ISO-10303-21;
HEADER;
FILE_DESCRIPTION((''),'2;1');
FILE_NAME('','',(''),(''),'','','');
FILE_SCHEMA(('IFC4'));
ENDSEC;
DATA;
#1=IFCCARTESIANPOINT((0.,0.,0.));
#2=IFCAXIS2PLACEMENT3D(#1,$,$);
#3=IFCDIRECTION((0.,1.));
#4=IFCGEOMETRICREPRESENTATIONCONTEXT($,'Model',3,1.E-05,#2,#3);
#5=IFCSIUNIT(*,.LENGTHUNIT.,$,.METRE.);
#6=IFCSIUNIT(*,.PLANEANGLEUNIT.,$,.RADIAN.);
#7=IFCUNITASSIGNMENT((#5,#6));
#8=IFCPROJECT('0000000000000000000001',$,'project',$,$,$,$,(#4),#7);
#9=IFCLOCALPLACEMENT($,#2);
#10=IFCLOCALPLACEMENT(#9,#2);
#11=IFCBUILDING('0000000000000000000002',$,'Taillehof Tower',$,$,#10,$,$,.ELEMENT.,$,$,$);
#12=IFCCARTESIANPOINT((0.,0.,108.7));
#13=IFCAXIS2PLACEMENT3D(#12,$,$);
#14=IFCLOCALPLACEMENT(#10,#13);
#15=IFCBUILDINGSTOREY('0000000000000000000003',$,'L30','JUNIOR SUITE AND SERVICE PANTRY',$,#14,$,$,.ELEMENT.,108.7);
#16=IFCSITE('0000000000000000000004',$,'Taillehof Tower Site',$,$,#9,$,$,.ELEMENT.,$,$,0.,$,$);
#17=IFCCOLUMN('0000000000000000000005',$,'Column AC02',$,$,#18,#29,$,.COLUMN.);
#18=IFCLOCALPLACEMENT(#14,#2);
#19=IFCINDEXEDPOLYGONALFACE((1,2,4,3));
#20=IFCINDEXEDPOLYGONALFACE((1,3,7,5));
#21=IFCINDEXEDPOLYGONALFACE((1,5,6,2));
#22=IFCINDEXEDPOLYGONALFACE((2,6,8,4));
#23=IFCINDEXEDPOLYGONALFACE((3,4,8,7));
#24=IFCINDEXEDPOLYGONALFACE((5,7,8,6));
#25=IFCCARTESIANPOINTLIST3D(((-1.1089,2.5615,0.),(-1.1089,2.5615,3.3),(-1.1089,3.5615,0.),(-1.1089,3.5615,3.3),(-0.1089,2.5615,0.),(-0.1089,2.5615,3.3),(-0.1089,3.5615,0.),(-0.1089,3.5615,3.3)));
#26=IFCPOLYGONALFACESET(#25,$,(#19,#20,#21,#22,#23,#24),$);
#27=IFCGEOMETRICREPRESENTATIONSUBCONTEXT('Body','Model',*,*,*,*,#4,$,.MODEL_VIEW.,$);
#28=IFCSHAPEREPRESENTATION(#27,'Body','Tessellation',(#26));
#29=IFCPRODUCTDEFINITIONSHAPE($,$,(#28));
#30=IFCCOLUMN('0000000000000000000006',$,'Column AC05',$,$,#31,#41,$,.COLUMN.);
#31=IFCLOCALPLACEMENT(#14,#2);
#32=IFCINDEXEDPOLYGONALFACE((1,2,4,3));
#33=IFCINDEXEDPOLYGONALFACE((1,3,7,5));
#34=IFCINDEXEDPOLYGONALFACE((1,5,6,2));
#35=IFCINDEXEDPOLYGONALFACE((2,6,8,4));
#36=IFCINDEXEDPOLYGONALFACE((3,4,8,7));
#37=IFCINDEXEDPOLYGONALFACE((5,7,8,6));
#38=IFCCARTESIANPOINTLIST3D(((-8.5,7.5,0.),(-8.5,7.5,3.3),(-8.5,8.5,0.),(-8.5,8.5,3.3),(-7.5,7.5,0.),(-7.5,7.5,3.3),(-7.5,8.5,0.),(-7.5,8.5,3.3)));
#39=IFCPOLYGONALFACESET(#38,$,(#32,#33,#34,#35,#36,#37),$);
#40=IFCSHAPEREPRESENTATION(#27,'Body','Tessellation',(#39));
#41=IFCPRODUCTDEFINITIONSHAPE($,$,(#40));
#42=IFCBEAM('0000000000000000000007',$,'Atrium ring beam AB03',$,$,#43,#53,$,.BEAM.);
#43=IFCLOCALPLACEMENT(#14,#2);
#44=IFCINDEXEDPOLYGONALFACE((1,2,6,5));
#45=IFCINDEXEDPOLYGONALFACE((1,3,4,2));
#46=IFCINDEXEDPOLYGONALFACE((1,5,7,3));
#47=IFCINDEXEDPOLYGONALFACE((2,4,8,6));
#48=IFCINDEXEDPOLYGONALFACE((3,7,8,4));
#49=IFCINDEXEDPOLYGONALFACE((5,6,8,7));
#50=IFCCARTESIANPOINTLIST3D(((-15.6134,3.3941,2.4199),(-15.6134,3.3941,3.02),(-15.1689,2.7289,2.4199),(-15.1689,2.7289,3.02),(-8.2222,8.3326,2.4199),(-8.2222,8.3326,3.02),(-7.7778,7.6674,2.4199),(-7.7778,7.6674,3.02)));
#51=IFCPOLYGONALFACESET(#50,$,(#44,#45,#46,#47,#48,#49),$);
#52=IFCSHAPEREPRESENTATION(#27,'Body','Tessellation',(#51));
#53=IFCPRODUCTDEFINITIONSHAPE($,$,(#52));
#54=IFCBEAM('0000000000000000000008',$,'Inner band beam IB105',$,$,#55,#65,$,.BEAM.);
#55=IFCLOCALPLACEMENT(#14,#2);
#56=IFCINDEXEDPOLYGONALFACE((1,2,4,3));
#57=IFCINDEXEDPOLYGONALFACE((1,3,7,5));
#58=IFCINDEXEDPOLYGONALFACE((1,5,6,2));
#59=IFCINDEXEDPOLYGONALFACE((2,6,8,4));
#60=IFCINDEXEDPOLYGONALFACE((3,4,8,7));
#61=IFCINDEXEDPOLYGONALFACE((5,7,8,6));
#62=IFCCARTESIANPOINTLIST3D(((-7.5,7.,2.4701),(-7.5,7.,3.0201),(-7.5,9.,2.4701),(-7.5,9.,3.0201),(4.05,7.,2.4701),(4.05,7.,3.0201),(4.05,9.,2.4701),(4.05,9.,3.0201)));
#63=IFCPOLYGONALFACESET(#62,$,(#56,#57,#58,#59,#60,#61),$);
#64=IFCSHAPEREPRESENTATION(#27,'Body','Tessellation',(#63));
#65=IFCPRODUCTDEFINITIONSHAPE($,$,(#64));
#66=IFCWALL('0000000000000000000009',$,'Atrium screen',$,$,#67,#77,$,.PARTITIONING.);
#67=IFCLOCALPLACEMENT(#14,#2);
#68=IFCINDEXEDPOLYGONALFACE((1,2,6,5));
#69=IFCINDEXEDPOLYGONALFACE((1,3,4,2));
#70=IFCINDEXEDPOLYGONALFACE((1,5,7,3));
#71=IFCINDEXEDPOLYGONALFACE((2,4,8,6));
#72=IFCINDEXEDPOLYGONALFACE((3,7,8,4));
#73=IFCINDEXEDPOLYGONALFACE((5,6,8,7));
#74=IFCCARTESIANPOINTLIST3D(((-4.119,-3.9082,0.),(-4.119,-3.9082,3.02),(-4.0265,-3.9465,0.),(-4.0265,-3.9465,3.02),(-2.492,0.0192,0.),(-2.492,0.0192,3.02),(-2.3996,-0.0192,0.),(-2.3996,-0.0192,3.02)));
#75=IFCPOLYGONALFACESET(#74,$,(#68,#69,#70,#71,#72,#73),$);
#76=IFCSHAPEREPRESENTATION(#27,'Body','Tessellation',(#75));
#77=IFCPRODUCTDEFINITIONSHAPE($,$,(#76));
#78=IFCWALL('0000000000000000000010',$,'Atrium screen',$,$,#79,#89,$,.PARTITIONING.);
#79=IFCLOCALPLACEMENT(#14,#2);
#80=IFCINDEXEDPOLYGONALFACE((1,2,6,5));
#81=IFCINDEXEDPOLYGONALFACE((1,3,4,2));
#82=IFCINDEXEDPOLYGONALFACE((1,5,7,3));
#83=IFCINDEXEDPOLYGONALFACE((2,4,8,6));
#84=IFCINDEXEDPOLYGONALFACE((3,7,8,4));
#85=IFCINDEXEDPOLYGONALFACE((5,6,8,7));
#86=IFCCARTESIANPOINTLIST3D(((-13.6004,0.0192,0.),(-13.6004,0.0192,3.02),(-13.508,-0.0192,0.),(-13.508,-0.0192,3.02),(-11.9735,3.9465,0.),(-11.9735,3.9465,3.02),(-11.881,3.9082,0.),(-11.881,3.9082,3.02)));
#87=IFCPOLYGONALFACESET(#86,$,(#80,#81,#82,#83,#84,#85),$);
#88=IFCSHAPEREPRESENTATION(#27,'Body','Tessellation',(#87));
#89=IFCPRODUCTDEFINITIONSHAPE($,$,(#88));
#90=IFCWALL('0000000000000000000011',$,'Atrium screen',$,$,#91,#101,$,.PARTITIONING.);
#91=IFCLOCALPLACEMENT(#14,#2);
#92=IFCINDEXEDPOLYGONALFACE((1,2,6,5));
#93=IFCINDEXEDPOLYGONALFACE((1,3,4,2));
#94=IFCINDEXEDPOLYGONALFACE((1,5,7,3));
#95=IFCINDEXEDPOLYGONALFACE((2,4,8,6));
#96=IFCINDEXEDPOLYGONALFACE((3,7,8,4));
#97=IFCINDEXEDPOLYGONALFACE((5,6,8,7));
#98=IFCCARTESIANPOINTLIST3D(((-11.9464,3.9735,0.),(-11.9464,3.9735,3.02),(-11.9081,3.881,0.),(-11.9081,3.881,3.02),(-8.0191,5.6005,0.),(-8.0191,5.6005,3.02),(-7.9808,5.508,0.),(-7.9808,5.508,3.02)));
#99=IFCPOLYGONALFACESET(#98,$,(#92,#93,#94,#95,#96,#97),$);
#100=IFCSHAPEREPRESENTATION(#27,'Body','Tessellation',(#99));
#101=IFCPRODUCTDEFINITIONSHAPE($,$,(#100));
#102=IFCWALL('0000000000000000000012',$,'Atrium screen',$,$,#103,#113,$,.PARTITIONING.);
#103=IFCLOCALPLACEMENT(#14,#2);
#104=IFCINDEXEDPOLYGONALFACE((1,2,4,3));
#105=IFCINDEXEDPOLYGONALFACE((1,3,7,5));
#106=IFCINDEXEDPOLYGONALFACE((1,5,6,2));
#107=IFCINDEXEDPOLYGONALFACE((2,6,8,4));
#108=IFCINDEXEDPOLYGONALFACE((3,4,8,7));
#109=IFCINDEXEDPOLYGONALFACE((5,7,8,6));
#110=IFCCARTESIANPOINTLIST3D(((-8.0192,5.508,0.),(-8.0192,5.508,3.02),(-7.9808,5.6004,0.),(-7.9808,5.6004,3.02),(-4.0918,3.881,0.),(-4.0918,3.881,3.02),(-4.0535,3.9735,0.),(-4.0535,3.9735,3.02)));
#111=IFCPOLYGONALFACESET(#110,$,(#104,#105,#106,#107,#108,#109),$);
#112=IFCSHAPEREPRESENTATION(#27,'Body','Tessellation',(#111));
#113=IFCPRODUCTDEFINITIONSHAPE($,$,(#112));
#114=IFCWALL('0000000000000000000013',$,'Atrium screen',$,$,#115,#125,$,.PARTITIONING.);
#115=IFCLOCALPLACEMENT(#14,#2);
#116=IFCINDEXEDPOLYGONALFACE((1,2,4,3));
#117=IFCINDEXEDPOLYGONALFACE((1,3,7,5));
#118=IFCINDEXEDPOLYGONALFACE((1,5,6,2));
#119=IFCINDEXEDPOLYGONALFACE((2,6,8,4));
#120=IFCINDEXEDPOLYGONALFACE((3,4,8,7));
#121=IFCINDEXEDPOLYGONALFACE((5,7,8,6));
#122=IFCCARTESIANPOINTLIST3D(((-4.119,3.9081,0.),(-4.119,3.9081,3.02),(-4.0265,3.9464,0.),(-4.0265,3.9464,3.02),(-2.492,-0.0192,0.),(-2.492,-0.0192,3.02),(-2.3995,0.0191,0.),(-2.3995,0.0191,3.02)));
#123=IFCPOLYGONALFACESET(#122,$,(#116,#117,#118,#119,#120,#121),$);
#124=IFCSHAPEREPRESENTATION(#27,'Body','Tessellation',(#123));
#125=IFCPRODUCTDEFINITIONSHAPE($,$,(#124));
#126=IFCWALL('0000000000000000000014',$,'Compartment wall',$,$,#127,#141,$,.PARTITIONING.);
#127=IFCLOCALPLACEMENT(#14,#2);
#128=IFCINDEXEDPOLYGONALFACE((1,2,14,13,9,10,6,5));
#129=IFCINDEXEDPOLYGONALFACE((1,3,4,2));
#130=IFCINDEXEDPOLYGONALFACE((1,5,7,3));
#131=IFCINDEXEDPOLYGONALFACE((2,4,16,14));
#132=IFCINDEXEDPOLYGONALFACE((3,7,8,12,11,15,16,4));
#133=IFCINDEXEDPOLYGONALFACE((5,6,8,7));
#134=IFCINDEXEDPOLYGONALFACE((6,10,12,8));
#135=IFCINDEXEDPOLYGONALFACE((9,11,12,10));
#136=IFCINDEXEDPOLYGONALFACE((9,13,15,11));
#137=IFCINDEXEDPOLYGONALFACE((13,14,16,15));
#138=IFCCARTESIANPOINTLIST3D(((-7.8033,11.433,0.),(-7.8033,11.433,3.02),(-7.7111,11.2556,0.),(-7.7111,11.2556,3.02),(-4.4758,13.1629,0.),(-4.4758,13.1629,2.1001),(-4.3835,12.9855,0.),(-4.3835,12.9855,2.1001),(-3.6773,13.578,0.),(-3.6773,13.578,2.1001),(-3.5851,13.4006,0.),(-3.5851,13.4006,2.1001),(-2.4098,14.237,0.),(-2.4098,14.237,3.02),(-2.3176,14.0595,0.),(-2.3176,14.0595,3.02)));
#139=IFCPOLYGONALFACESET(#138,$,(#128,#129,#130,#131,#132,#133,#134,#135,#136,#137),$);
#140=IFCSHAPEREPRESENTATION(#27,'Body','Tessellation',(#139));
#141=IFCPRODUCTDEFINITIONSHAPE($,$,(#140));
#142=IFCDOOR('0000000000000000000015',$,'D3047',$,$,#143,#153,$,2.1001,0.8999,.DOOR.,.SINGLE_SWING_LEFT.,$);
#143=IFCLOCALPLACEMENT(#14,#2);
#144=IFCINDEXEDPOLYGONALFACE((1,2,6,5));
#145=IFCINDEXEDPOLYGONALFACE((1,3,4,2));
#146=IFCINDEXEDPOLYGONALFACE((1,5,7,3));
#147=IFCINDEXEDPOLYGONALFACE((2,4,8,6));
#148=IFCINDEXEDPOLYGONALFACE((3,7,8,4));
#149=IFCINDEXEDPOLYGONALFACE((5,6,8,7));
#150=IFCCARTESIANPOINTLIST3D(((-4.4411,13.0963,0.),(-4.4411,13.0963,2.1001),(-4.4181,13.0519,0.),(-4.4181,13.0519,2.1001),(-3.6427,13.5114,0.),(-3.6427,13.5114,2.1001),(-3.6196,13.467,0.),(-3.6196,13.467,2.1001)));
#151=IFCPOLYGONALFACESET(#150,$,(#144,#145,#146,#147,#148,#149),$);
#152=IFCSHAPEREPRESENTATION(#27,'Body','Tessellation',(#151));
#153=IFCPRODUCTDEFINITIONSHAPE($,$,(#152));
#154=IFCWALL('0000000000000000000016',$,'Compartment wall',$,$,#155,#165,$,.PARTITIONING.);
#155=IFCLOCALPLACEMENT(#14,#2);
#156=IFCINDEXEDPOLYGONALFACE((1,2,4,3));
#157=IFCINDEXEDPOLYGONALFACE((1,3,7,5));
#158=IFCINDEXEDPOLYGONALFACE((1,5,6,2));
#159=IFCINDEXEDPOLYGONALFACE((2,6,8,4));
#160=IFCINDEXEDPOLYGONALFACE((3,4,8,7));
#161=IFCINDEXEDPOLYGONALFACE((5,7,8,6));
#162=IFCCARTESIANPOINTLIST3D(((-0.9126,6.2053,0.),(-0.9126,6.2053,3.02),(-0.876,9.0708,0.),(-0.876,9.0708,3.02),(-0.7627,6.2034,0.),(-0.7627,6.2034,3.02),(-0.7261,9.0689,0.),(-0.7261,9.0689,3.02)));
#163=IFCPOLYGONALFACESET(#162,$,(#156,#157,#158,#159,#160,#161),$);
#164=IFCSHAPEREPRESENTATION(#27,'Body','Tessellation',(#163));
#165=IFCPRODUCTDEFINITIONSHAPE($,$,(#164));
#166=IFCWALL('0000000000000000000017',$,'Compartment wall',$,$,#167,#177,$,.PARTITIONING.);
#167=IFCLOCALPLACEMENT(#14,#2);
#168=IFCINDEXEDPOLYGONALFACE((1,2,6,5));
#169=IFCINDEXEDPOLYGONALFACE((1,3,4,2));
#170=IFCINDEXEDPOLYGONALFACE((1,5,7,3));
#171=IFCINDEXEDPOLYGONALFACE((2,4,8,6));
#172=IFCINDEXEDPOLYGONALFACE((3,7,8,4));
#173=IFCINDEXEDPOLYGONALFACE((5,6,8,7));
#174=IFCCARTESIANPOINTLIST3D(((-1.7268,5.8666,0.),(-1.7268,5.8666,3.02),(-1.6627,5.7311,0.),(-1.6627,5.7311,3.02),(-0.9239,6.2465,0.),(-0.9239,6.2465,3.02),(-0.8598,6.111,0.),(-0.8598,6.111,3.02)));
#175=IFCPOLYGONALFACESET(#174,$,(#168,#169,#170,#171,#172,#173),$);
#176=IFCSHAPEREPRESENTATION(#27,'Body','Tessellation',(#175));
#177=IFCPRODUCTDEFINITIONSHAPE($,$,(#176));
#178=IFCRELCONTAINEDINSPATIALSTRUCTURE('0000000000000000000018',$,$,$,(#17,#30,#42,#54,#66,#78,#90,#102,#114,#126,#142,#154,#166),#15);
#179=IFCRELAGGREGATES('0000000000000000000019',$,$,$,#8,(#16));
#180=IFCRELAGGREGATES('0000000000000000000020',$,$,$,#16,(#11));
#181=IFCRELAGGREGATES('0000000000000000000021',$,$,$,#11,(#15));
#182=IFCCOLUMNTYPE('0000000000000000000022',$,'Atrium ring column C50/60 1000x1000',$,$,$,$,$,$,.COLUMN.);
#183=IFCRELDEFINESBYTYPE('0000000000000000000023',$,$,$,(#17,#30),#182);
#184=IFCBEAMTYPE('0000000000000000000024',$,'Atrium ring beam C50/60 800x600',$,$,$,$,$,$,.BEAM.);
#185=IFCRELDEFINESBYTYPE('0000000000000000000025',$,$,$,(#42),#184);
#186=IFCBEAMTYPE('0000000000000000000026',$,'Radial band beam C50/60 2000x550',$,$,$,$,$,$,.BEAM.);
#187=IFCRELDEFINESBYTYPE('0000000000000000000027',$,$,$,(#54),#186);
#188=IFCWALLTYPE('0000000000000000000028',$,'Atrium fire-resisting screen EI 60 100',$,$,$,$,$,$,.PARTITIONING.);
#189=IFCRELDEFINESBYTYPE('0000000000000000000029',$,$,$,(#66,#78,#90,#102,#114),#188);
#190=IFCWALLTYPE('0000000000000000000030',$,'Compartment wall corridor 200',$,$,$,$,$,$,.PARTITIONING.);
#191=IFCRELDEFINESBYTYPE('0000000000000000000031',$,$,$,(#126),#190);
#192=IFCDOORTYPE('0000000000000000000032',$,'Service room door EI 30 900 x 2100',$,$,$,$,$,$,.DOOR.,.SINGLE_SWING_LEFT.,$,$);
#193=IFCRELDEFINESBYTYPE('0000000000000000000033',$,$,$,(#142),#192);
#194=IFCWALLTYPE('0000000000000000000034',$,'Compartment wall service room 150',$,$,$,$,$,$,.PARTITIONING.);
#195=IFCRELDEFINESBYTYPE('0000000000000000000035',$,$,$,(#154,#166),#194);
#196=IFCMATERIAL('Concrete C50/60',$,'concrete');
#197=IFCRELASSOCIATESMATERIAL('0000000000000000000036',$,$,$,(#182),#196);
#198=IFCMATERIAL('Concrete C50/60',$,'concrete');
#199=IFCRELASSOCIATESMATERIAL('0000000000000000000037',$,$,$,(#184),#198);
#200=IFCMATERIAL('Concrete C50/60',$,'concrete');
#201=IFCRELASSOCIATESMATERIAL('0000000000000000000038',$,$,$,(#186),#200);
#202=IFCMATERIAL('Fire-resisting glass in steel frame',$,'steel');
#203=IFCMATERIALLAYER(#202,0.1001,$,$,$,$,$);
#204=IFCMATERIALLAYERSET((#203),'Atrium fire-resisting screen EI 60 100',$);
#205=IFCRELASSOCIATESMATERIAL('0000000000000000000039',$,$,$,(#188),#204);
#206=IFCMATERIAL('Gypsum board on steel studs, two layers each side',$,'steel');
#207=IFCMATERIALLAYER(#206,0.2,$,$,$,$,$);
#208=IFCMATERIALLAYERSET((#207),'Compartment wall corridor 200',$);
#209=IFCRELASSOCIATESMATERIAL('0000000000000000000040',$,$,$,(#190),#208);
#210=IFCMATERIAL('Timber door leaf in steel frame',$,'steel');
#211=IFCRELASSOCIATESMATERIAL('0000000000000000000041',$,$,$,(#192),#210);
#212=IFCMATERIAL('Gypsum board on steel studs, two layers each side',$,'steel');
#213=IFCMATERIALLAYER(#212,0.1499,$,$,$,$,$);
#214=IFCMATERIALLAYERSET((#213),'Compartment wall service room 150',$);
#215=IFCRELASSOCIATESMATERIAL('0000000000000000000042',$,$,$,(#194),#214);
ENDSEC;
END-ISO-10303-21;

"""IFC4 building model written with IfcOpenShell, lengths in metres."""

from ifc_helpers import new_model, si_unit, direction, frame, frame_2d, origin, origin_2d, place, context, subcontext, project, spatial, rectangle, extrude, material, layer, layer_set, material_profile, profile_set, type_object, element, fill, save


model = new_model("IFC4")

# Units and contexts
model_context = context("Model", 3, precision=1e-05, world=origin(), true_north=direction((0.0, 1.0)))
body_context = subcontext(model_context, "Body", "Model", "MODEL_VIEW")
ifc_project = project(units=[si_unit("LENGTHUNIT", "METRE"), si_unit("PLANEANGLEUNIT", "RADIAN")], contexts=[model_context])

# Site, building, storey
site_placement = place(None, origin())
site = spatial("IfcSite", under=ifc_project, at=site_placement, Name="Taillehof Tower Site", CompositionType="ELEMENT", RefElevation=0.0)
building_placement = place(site_placement, origin())
building = spatial("IfcBuilding", under=site, at=building_placement, Name="Taillehof Tower", CompositionType="ELEMENT")
storey_placement = place(building_placement, frame((0.0, 0.0, 108.7)))
storey = spatial("IfcBuildingStorey", under=building, at=storey_placement, Name="L30", Description="JUNIOR SUITE AND SERVICE PANTRY", CompositionType="ELEMENT", Elevation=108.7)

# Columns
ifc_material_1 = material(Name="Concrete C50/60", Category="concrete")
ifc_material_profile_1 = material_profile(ifc_material_1, rectangle(XDim=1.0, YDim=1.0, at=origin_2d()), Name="RC 1000x1000")
ifc_profile_set_1 = profile_set([ifc_material_profile_1], Name="Concrete C50/60")
column_type = type_object("IfcColumnType", Name="Atrium ring column C50/60 1000x1000", PredefinedType="COLUMN", material=ifc_profile_set_1)
for number, where, z_axis, x_axis, name in (
    (1, (-0.6089, 3.0615, 0.0), (0.0, 0.0, 1.0), (1.0, 0.0, 0.0), "Column AC02"),
    (2, (-8.0, 8.0, 0.0), (0.0, 0.0, 1.0), (1.0, 0.0, 0.0), "Column AC05"),
):
    element("IfcColumn", number, at=place(storey_placement, frame(where, z_axis=z_axis, x_axis=x_axis)), inside=storey, type_object=column_type, Name=name, PredefinedType="COLUMN", context=body_context, shape_type="SweptSolid", body=[
        extrude(rectangle(XDim=1.0, YDim=1.0, at=origin_2d()), origin(), (0.0, 0.0, 1.0), 3.3),
    ])

# Beams
ifc_material_2 = material(Name="Concrete C50/60", Category="concrete")
ifc_material_profile_2 = material_profile(ifc_material_2, rectangle(XDim=0.8, YDim=0.6001, at=origin_2d()), Name="RC 800x600")
ifc_profile_set_2 = profile_set([ifc_material_profile_2], Name="Concrete C50/60")
beam_type_1 = type_object("IfcBeamType", Name="Atrium ring beam C50/60 800x600", PredefinedType="BEAM", material=ifc_profile_set_2)
beam_1_placement = place(storey_placement, frame((-8.0, 8.0, 2.72), z_axis=(-0.831475, -0.555562, 0.0), x_axis=(0.555562, -0.831475, 0.0)))
element("IfcBeam", 3, at=beam_1_placement, inside=storey, type_object=beam_type_1, Name="Atrium ring beam AB03", PredefinedType="BEAM", context=body_context, shape_type="SweptSolid", body=[
    extrude(rectangle(XDim=0.8, YDim=0.6001, at=origin_2d()), origin(), (0.0, 0.0, 1.0), 8.8892),
])
ifc_material_3 = material(Name="Concrete C50/60", Category="concrete")
ifc_material_profile_3 = material_profile(ifc_material_3, rectangle(XDim=2.0, YDim=0.55, at=origin_2d()), Name="RC 2000x550")
ifc_profile_set_3 = profile_set([ifc_material_profile_3], Name="Concrete C50/60")
beam_type_2 = type_object("IfcBeamType", Name="Radial band beam C50/60 2000x550", PredefinedType="BEAM", material=ifc_profile_set_3)
beam_2_placement = place(storey_placement, frame((-7.5, 8.0, 2.7451), z_axis=(1.0, 0.0, 0.0), x_axis=(0.0, 1.0, 0.0)))
element("IfcBeam", 4, at=beam_2_placement, inside=storey, type_object=beam_type_2, Name="Inner band beam IB105", PredefinedType="BEAM", context=body_context, shape_type="SweptSolid", body=[
    extrude(rectangle(XDim=2.0, YDim=0.55, at=origin_2d()), origin(), (0.0, 0.0, 1.0), 11.55),
])

# Walls
ifc_material_4 = material(Name="Fire-resisting glass in steel frame", Category="steel")
ifc_layer_1 = layer(ifc_material_4, 0.1001)
ifc_layer_set_1 = layer_set([ifc_layer_1], Name="Atrium fire-resisting screen EI 60 100")
wall_type_1 = type_object("IfcWallType", Name="Atrium fire-resisting screen EI 60 100", PredefinedType="PARTITIONING", material=ifc_layer_set_1)
for number, where, z_axis, x_axis, name in (
    (5, (-2.4458, 0.0, 0.0), (0.0, 0.0, 1.0), (-0.382731, -0.92386, 0.0), "Atrium screen"),
    (6, (-13.5542, 0.0, 0.0), (0.0, 0.0, 1.0), (0.382731, 0.92386, 0.0), "Atrium screen"),
    (7, (-11.9272, 3.9272, 0.0), (0.0, 0.0, 1.0), (0.92386, 0.382731, 0.0), "Atrium screen"),
    (8, (-8.0, 5.5542, 0.0), (0.0, 0.0, 1.0), (0.92386, -0.382731, 0.0), "Atrium screen"),
    (9, (-4.0728, 3.9272, 0.0), (0.0, 0.0, 1.0), (0.382731, -0.92386, 0.0), "Atrium screen"),
):
    element("IfcWall", number, at=place(storey_placement, frame(where, z_axis=z_axis, x_axis=x_axis)), inside=storey, type_object=wall_type_1, Name=name, PredefinedType="PARTITIONING", context=body_context, shape_type="SweptSolid", body=[
        extrude(rectangle(XDim=4.251, YDim=0.1001, at=frame_2d((2.1255, 0.0))), origin(), (0.0, 0.0, 1.0), 3.02),
    ])

# Wall, opening, door
ifc_material_5 = material(Name="Gypsum board on steel studs, two layers each side", Category="steel")
ifc_layer_2 = layer(ifc_material_5, 0.2)
ifc_layer_set_2 = layer_set([ifc_layer_2], Name="Compartment wall corridor 200")
wall_type_2 = type_object("IfcWallType", Name="Compartment wall corridor 200", PredefinedType="PARTITIONING", material=ifc_layer_set_2)
wall_1_placement = place(storey_placement, frame((-7.7573, 11.3442, 0.0), z_axis=(0.0, 0.0, 1.0), x_axis=(0.887263, 0.461263, 0.0)))
wall_1 = element("IfcWall", 10, at=wall_1_placement, inside=storey, type_object=wall_type_2, Name="Compartment wall", PredefinedType="PARTITIONING", context=body_context, shape_type="SweptSolid", body=[
    extrude(rectangle(XDim=6.0789, YDim=0.2, at=frame_2d((3.0396, 0.0))), origin(), (0.0, 0.0, 1.0), 3.02),
])
opening_1_placement = place(wall_1_placement, frame((3.7505, 0.0, 0.0)))
opening_1 = element("IfcOpeningElement", 11, at=opening_1_placement, cuts=wall_1, PredefinedType="OPENING", context=body_context, shape_type="SweptSolid", body=[
    extrude(rectangle(XDim=0.8999, YDim=2.1001, at=frame_2d((0.45, 1.05))), frame((0.0, 0.1099, 0.0), z_axis=(0.0, -1.0, 0.0), x_axis=(1.0, 0.0, 0.0)), (0.0, 0.0, 1.0), 0.22),
])
ifc_material_6 = material(Name="Timber door leaf in steel frame", Category="steel")
door_type_1 = type_object("IfcDoorType", Name="Service room door EI 30 900 x 2100", OperationType="SINGLE_SWING_LEFT", PredefinedType="DOOR", material=ifc_material_6)
door_1_placement = place(opening_1_placement, origin())
door_1 = element("IfcDoor", 12, at=door_1_placement, inside=storey, type_object=door_type_1, Name="D3047", OperationType="SINGLE_SWING_LEFT", OverallHeight=2.1001, OverallWidth=0.8999, PredefinedType="DOOR", context=body_context, shape_type="SweptSolid", body=[
    extrude(rectangle(XDim=0.8999, YDim=2.1001, at=frame_2d((0.45, 1.05))), frame((0.0, 0.0249, 0.0), z_axis=(0.0, -1.0, 0.0), x_axis=(1.0, 0.0, 0.0)), (0.0, 0.0, 1.0), 0.05),
])
fill(opening_1, door_1)

# Walls
ifc_material_7 = material(Name="Gypsum board on steel studs, two layers each side", Category="steel")
ifc_layer_3 = layer(ifc_material_7, 0.1499)
ifc_layer_set_3 = layer_set([ifc_layer_3], Name="Compartment wall service room 150")
wall_type_3 = type_object("IfcWallType", Name="Compartment wall service room 150", PredefinedType="PARTITIONING", material=ifc_layer_set_3)
wall_2_placement = place(storey_placement, frame((-0.801, 9.0698, 0.0), z_axis=(0.0, 0.0, 1.0), x_axis=(-0.012779, -0.999918, 0.0)))
element("IfcWall", 13, at=wall_2_placement, inside=storey, type_object=wall_type_3, Name="Compartment wall", PredefinedType="PARTITIONING", context=body_context, shape_type="SweptSolid", body=[
    extrude(rectangle(XDim=2.8657, YDim=0.1499, at=frame_2d((1.4329, 0.0))), origin(), (0.0, 0.0, 1.0), 3.02),
])
wall_3_placement = place(storey_placement, frame((-0.8918, 6.1787, 0.0), z_axis=(0.0, 0.0, 1.0), x_axis=(-0.903945, -0.427649, 0.0)))
element("IfcWall", 14, at=wall_3_placement, inside=storey, type_object=wall_type_3, Name="Compartment wall", PredefinedType="PARTITIONING", context=body_context, shape_type="SweptSolid", body=[
    extrude(rectangle(XDim=0.8882, YDim=0.1499, at=frame_2d((0.4441, 0.0))), origin(), (0.0, 0.0, 1.0), 3.02),
])

save(model, "model.ifc")
